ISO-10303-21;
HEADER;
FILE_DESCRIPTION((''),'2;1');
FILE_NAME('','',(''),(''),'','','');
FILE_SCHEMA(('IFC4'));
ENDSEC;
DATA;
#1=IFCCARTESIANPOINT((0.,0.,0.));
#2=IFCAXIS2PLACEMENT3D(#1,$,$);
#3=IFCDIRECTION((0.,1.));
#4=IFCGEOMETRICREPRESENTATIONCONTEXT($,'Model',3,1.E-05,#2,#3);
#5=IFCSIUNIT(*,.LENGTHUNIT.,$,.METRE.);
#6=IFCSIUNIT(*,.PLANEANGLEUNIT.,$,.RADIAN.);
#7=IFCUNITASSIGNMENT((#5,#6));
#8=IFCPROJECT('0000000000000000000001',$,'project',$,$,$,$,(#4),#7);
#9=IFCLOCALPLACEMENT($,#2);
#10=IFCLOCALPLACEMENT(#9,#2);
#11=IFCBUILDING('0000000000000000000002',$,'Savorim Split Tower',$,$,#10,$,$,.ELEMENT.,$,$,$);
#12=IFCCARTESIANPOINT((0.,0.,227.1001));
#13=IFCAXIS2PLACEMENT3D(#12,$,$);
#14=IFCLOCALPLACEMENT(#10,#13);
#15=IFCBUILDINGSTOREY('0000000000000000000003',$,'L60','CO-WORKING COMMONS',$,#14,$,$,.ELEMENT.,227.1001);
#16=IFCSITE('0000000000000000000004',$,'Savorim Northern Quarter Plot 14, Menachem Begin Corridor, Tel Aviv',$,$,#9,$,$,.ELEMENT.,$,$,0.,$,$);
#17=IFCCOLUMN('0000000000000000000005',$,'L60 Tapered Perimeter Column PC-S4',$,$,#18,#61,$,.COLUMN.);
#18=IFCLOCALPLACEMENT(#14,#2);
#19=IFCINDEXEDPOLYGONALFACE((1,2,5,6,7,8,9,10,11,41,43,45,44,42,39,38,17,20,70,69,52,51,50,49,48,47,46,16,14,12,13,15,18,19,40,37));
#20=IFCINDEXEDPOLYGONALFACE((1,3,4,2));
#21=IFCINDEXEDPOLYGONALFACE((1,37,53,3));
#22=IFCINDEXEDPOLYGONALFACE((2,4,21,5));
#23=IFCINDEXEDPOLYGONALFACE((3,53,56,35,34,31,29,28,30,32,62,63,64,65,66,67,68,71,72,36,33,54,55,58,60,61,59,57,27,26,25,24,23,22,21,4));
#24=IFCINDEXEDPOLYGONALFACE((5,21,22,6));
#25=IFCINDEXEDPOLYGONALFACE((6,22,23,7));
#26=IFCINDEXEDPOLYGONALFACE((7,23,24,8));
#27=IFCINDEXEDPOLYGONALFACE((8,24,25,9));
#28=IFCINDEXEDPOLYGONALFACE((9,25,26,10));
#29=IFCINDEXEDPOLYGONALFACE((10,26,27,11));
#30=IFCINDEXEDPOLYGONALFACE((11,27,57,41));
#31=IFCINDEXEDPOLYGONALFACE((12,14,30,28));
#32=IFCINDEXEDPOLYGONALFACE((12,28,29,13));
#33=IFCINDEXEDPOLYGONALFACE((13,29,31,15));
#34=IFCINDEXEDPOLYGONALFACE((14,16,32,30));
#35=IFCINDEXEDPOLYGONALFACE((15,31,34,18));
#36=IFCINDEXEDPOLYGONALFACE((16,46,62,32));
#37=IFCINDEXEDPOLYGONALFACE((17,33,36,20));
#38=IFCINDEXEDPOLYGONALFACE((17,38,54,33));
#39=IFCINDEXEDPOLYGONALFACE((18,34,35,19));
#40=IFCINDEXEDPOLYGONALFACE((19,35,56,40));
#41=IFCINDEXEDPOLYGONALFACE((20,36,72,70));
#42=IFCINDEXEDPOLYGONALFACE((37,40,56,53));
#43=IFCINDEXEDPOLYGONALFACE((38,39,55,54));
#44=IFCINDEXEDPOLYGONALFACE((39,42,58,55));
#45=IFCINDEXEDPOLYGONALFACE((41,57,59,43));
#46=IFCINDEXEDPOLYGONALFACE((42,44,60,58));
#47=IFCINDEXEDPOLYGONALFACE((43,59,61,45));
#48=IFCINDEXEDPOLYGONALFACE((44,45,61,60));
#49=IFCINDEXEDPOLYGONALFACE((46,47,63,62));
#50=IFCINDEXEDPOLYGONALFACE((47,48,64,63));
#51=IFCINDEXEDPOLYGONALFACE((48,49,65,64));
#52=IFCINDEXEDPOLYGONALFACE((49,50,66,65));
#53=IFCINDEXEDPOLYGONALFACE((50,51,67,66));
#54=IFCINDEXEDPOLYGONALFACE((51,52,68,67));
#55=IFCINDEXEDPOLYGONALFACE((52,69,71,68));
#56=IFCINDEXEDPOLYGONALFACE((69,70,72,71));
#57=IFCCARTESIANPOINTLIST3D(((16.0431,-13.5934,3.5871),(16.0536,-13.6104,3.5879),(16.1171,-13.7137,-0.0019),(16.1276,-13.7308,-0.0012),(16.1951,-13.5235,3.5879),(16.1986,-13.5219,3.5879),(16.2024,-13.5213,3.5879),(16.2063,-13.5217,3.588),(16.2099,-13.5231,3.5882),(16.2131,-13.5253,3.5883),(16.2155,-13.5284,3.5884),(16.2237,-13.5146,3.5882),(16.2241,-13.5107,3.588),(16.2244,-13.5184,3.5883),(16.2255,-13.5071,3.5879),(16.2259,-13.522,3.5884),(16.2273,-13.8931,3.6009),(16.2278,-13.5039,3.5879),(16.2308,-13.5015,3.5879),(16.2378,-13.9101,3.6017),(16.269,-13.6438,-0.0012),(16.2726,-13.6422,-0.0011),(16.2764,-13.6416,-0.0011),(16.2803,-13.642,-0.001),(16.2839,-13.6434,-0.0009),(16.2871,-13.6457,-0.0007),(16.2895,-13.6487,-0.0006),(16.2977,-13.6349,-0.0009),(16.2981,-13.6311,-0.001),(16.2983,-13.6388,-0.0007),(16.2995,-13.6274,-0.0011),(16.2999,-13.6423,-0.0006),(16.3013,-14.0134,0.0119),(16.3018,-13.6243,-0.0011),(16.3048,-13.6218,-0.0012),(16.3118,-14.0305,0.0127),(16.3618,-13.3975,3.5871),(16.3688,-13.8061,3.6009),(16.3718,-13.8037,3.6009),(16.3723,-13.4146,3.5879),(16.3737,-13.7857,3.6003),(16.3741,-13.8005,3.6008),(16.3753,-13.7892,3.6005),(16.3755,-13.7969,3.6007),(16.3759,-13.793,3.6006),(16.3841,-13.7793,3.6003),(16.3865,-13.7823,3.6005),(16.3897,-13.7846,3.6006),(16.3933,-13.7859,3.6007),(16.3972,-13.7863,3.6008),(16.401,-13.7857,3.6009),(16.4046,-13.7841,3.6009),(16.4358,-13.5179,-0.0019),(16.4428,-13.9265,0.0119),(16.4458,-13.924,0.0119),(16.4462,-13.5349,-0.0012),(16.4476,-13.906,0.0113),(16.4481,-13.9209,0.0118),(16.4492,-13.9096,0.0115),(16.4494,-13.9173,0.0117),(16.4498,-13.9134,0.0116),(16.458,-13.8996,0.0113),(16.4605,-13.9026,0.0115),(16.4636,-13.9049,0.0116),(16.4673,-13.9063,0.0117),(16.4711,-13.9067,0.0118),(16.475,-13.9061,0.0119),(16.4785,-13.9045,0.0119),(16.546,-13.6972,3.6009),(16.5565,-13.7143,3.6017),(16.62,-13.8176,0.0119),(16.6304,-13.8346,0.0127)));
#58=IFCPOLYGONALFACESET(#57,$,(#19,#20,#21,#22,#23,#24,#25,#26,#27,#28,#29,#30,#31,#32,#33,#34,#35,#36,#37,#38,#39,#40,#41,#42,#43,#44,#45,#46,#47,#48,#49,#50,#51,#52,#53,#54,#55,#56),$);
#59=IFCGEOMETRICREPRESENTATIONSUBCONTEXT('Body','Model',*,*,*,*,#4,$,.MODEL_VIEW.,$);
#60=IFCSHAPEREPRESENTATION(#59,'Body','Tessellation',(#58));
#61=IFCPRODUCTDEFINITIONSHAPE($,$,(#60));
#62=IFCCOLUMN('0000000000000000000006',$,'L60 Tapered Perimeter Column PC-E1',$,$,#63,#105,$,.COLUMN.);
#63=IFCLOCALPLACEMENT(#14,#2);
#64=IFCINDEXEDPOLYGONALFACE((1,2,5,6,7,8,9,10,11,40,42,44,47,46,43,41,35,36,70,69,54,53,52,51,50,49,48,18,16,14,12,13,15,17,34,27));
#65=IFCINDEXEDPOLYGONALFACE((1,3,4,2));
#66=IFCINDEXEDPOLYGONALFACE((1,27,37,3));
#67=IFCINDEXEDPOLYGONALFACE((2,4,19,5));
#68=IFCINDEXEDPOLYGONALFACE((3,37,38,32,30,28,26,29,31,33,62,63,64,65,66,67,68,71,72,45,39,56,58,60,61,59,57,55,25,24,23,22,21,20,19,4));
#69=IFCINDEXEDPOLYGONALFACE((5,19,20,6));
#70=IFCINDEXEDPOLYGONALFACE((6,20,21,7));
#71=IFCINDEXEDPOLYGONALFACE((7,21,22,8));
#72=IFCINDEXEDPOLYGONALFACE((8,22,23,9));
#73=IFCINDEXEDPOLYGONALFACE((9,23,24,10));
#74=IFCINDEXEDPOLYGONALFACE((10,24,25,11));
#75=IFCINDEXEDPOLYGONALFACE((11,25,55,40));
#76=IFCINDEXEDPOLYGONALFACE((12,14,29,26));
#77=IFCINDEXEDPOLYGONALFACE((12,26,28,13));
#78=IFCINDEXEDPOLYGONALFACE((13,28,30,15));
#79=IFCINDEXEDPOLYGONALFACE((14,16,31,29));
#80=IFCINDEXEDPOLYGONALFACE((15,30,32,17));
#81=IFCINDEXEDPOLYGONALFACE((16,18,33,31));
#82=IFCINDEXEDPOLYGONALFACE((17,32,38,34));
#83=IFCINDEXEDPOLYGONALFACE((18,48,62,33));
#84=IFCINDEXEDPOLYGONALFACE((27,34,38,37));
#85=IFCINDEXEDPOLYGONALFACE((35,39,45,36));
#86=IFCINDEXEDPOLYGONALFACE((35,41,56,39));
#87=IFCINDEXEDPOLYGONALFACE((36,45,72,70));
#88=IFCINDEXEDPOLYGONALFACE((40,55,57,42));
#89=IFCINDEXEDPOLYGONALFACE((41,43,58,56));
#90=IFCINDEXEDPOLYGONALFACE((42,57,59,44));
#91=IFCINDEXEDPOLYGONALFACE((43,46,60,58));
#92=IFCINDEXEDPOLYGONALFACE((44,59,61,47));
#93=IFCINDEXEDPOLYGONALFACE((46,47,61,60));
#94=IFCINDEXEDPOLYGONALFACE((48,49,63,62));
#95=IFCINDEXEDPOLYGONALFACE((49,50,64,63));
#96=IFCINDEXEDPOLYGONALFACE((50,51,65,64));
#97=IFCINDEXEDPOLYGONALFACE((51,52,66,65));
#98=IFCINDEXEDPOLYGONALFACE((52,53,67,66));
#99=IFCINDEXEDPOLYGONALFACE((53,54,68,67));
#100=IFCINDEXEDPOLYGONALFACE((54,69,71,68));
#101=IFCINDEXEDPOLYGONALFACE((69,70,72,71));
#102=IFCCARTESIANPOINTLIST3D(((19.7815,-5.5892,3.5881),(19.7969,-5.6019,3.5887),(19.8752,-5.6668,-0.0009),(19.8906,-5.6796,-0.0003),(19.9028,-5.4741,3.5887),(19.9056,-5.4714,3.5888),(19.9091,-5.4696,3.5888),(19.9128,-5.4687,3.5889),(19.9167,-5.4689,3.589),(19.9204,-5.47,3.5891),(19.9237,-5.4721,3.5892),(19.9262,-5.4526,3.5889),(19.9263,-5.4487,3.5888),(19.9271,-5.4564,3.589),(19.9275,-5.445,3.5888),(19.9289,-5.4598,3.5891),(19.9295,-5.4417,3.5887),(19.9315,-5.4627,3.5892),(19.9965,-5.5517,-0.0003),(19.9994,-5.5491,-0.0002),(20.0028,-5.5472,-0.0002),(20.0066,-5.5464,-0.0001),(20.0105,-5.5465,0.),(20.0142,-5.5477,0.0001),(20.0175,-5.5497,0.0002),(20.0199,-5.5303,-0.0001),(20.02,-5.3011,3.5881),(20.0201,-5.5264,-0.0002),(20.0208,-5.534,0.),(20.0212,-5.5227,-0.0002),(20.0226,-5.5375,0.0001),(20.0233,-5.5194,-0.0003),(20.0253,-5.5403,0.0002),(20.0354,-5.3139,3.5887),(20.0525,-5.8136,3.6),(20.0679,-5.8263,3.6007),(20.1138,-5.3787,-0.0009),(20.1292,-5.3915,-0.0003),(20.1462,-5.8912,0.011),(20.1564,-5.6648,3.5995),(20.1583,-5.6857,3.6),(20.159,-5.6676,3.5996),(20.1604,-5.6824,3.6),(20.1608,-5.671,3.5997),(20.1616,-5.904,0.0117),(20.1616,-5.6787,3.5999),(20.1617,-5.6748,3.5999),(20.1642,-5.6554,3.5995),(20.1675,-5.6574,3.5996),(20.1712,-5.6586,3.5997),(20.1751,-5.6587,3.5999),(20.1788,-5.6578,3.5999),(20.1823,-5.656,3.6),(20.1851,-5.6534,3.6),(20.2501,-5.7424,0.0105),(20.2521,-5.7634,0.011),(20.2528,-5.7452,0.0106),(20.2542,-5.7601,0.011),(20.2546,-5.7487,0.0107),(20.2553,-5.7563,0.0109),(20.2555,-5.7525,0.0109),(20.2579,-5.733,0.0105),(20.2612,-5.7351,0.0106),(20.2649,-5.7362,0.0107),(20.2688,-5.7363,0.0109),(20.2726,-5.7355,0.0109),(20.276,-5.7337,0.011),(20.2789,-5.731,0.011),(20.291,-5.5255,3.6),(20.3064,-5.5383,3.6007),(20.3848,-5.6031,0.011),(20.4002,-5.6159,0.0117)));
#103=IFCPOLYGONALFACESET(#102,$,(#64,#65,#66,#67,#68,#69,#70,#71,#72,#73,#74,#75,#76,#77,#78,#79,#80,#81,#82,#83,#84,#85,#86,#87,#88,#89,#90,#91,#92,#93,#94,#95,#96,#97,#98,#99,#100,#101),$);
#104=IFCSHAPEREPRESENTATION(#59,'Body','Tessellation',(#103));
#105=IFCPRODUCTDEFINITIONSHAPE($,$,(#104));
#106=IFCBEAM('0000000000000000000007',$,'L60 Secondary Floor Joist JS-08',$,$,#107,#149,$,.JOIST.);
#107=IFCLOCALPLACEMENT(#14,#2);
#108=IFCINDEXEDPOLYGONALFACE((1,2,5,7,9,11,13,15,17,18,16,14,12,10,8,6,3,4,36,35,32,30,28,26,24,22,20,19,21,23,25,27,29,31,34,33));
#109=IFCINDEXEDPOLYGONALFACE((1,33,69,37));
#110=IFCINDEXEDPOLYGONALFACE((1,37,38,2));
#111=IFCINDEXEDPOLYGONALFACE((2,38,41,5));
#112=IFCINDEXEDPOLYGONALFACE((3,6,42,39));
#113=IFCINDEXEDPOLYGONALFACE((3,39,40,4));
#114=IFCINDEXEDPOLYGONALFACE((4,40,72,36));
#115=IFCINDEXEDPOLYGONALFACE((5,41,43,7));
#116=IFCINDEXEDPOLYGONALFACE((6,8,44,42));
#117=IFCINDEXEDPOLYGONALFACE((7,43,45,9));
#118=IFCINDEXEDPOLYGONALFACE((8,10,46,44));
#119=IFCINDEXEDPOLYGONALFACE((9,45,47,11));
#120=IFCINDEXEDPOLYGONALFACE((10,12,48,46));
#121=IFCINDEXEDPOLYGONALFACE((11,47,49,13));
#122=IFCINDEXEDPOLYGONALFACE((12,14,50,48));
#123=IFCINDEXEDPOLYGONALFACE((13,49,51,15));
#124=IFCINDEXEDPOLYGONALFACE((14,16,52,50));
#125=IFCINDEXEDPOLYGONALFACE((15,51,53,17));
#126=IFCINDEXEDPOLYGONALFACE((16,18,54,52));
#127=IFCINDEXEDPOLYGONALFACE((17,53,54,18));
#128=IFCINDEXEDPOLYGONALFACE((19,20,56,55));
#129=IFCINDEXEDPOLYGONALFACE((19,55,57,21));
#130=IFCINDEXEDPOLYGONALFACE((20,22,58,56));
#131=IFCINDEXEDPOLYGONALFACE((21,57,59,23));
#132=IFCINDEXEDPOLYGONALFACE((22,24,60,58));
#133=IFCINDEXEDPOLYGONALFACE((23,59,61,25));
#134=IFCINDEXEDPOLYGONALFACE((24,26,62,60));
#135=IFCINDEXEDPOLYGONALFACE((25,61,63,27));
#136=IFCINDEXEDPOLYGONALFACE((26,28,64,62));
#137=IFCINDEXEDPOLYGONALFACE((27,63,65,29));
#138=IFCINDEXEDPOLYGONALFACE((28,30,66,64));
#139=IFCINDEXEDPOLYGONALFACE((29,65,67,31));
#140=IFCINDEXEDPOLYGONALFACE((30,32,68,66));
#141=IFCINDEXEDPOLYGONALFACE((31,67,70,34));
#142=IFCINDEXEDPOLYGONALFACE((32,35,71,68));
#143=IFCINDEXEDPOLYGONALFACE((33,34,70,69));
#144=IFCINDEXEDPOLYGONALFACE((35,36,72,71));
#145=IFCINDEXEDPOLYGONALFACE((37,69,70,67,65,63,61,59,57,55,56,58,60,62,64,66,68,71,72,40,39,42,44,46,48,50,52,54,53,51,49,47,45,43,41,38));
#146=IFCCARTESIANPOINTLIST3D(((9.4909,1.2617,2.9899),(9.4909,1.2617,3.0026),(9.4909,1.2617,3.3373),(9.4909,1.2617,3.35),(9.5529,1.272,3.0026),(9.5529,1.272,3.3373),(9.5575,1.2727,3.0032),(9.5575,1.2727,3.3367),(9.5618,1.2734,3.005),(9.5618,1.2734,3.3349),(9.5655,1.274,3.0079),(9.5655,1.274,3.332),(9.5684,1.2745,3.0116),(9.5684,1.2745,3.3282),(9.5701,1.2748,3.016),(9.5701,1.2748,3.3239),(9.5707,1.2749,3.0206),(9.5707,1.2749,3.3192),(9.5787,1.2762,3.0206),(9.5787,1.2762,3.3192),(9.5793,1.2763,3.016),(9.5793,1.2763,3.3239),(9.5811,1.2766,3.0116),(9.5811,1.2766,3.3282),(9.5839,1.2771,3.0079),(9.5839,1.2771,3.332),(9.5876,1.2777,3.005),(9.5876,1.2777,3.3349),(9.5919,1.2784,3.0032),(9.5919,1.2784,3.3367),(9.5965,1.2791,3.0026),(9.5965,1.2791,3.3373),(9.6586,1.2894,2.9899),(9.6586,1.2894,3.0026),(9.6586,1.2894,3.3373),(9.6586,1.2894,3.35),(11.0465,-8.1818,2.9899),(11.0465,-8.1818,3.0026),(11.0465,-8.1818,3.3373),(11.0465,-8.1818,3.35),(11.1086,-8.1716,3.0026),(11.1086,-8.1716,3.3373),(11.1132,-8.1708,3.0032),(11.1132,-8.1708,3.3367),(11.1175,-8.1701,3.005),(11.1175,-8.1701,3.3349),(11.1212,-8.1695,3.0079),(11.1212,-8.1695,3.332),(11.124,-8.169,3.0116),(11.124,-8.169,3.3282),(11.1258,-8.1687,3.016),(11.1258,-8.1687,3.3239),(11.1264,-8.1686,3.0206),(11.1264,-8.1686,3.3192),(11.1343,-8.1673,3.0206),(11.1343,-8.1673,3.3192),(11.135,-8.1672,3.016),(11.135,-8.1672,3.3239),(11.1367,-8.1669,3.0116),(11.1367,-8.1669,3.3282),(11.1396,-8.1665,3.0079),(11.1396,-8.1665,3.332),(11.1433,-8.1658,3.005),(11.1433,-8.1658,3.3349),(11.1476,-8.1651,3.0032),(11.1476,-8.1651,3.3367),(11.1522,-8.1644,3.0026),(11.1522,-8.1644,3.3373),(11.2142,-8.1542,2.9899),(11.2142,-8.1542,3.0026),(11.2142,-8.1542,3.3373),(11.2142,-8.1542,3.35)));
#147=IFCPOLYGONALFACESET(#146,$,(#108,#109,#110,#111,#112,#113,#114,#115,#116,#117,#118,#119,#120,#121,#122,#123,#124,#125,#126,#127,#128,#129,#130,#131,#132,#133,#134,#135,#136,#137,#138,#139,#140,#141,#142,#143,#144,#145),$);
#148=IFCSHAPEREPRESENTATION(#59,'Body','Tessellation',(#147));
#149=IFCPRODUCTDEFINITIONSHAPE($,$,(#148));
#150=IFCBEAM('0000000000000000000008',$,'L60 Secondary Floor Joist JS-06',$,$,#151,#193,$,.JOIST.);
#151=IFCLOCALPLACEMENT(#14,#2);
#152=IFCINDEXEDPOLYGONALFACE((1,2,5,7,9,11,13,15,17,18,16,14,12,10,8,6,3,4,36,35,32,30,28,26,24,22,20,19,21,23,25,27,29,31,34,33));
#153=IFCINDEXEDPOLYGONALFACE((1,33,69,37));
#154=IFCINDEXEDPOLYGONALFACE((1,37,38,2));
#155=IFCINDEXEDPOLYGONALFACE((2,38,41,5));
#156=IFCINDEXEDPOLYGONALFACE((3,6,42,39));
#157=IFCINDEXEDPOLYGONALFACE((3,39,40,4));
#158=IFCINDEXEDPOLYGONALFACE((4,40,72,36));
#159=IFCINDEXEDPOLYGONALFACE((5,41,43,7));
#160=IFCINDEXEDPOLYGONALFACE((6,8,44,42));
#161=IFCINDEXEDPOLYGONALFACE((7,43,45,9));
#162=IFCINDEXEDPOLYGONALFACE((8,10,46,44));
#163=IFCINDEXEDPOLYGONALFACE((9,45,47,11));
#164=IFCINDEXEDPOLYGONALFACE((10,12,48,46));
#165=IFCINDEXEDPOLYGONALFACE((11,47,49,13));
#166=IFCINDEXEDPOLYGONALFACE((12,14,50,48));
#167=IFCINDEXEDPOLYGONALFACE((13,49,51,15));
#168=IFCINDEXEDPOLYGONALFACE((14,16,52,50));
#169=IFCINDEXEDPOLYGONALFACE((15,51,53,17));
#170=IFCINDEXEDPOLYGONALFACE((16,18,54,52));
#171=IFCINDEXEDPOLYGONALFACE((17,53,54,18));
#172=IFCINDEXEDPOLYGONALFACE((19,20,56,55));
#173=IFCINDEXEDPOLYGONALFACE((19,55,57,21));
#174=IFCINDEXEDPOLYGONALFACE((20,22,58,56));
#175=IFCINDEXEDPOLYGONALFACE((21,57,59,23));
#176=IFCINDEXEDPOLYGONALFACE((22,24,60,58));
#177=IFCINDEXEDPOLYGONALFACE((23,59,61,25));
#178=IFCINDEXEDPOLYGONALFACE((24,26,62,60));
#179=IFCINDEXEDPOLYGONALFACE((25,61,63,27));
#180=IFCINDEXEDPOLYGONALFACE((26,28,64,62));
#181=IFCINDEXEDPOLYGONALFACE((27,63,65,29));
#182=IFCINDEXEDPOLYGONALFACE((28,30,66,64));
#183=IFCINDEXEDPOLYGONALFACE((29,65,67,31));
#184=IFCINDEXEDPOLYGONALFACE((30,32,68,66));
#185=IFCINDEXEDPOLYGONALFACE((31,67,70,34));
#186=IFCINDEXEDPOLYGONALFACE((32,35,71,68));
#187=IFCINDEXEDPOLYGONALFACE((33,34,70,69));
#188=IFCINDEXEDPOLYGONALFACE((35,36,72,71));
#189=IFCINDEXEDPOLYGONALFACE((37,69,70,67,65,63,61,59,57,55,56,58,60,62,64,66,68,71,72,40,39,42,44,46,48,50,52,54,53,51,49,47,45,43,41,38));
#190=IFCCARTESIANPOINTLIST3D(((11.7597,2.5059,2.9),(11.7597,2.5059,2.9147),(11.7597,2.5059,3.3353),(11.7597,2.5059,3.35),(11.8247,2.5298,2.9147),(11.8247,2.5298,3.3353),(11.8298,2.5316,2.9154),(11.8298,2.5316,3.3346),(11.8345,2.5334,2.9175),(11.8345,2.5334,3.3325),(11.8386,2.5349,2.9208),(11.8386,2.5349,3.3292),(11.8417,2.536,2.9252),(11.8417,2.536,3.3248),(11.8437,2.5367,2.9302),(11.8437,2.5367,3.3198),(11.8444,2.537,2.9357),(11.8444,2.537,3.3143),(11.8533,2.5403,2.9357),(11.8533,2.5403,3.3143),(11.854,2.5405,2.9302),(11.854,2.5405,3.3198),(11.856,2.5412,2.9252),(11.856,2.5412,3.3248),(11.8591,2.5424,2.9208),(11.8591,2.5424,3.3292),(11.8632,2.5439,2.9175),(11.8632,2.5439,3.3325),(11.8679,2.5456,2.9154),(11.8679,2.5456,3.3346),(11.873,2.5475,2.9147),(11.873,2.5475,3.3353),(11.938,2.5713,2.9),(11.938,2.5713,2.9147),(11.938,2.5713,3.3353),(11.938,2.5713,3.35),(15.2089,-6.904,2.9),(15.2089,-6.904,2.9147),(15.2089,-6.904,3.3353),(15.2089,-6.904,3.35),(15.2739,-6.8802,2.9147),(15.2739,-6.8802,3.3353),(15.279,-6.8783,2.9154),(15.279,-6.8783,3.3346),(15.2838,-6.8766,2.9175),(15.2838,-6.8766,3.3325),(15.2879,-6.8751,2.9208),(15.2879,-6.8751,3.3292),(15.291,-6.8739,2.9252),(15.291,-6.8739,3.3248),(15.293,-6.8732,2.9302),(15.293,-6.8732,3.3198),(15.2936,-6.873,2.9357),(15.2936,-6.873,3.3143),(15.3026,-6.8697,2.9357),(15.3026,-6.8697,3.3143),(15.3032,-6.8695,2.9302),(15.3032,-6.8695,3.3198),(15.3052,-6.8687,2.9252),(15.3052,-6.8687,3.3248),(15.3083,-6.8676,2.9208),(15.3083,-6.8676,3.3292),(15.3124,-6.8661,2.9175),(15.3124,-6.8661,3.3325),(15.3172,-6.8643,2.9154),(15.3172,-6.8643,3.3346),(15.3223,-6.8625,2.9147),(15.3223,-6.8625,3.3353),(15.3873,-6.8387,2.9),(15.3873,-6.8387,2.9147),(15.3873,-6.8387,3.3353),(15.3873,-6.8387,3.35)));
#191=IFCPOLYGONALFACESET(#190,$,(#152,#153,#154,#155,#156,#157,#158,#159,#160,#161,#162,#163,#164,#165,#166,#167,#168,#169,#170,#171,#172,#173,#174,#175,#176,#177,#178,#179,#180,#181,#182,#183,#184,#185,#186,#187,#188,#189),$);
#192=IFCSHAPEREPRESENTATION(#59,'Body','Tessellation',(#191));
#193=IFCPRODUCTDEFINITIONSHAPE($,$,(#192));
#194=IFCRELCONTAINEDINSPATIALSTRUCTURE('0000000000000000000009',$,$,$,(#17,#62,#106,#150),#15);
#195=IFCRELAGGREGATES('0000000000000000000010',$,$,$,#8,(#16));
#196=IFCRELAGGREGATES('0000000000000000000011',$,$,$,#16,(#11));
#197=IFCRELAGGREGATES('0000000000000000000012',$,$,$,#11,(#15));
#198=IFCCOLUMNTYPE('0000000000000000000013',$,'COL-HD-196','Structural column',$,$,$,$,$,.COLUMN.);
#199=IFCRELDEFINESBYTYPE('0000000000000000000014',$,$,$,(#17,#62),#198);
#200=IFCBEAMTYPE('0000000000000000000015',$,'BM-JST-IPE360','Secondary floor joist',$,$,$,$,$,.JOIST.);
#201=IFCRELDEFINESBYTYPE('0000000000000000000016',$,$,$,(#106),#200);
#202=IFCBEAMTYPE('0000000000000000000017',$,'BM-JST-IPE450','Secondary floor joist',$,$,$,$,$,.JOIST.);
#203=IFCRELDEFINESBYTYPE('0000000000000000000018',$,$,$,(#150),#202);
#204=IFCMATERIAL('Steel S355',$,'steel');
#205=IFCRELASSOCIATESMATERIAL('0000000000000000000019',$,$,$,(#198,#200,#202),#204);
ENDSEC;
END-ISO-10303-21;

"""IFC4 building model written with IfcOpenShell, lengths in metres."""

from ifc_helpers import new_model, si_unit, direction, frame, origin, origin_2d, place, context, subcontext, project, spatial, i_section, extrude, material, material_profile, profile_set, type_object, element, save


model = new_model("IFC4")

# Units and contexts
model_context = context("Model", 3, precision=1e-05, world=origin(), true_north=direction((0.0, 1.0)))
body_context = subcontext(model_context, "Body", "Model", "MODEL_VIEW")
ifc_project = project(units=[si_unit("LENGTHUNIT", "METRE"), si_unit("PLANEANGLEUNIT", "RADIAN")], contexts=[model_context])

# Site, building, storey
site_placement = place(None, origin())
site = spatial("IfcSite", under=ifc_project, at=site_placement, Name="Savorim Northern Quarter Plot 14, Menachem Begin Corridor, Tel Aviv", CompositionType="ELEMENT", RefElevation=0.0)
building_placement = place(site_placement, origin())
building = spatial("IfcBuilding", under=site, at=building_placement, Name="Savorim Split Tower", CompositionType="ELEMENT")
storey_placement = place(building_placement, frame((0.0, 0.0, 227.1001)))
storey = spatial("IfcBuildingStorey", under=building, at=storey_placement, Name="L60", Description="CO-WORKING COMMONS", CompositionType="ELEMENT", Elevation=227.1001)

# Columns
ifc_material_1 = material(Name="Steel S355", Category="steel")
ifc_material_profile_1 = material_profile(ifc_material_1, i_section(OverallWidth=0.374, OverallDepth=0.3721, WebThickness=0.0122, FlangeThickness=0.02, FilletRadius=0.0149, at=origin_2d()), Name="HD 360x196")
ifc_profile_set_1 = profile_set([ifc_material_profile_1], Name="Steel S355")
column_type = type_object("IfcColumnType", Name="COL-HD-196", Description="Structural column", PredefinedType="COLUMN", material=ifc_profile_set_1)
column_1_placement = place(storey_placement, frame((16.3738, -13.7742, 0.0054), z_axis=(-0.020595, 0.033509, 0.999226), x_axis=(-0.851955, -0.523615, 0.0)))
element("IfcColumn", 1, at=column_1_placement, inside=storey, type_object=column_type, Name="L60 Tapered Perimeter Column PC-S4", PredefinedType="COLUMN", context=body_context, shape_type="SweptSolid", body=[
    extrude(i_section(OverallWidth=0.374, OverallDepth=0.3721, WebThickness=0.0122, FlangeThickness=0.02, FilletRadius=0.0149, at=origin_2d()), origin(), (0.0, 0.0, 1.0), 3.5918),
])
column_2_placement = place(storey_placement, frame((20.1377, -5.6414, 0.0054), z_axis=(-0.026106, 0.021619, 0.999425), x_axis=(-0.637814, -0.77019, 0.0)))
element("IfcColumn", 2, at=column_2_placement, inside=storey, type_object=column_type, Name="L60 Tapered Perimeter Column PC-E1", PredefinedType="COLUMN", context=body_context, shape_type="SweptSolid", body=[
    extrude(i_section(OverallWidth=0.374, OverallDepth=0.3721, WebThickness=0.0122, FlangeThickness=0.02, FilletRadius=0.0149, at=origin_2d()), origin(), (0.0, 0.0, 1.0), 3.5911),
])

# Beams
ifc_material_profile_2 = material_profile(ifc_material_1, i_section(OverallWidth=0.1699, OverallDepth=0.3601, WebThickness=0.0081, FlangeThickness=0.0127, FilletRadius=0.0181, at=origin_2d()), Name="IPE 360")
ifc_profile_set_2 = profile_set([ifc_material_profile_2], Name="Steel S355")
beam_type_1 = type_object("IfcBeamType", Name="BM-JST-IPE360", Description="Secondary floor joist", PredefinedType="JOIST", material=ifc_profile_set_2)
beam_1_placement = place(storey_placement, frame((11.1304, -8.168, 3.1699), z_axis=(-0.162541, 0.986702, 0.0), x_axis=(-0.986702, -0.162541, 0.0)))
element("IfcBeam", 3, at=beam_1_placement, inside=storey, type_object=beam_type_1, Name="L60 Secondary Floor Joist JS-08", PredefinedType="JOIST", context=body_context, shape_type="SweptSolid", body=[
    extrude(i_section(OverallWidth=0.1699, OverallDepth=0.3601, WebThickness=0.0081, FlangeThickness=0.0127, FilletRadius=0.0181, at=origin_2d()), origin(), (0.0, 0.0, 1.0), 9.5708),
])
ifc_material_profile_3 = material_profile(ifc_material_1, i_section(OverallWidth=0.1899, OverallDepth=0.45, WebThickness=0.0095, FlangeThickness=0.0146, FilletRadius=0.021, at=origin_2d()), Name="IPE 450")
ifc_profile_set_3 = profile_set([ifc_material_profile_3], Name="Steel S355")
beam_type_2 = type_object("IfcBeamType", Name="BM-JST-IPE450", Description="Secondary floor joist", PredefinedType="JOIST", material=ifc_profile_set_3)
beam_2_placement = place(storey_placement, frame((15.2981, -6.8713, 3.125), z_axis=(-0.344159, 0.938911, 0.0), x_axis=(-0.938911, -0.344159, 0.0)))
element("IfcBeam", 4, at=beam_2_placement, inside=storey, type_object=beam_type_2, Name="L60 Secondary Floor Joist JS-06", PredefinedType="JOIST", context=body_context, shape_type="SweptSolid", body=[
    extrude(i_section(OverallWidth=0.1899, OverallDepth=0.45, WebThickness=0.0095, FlangeThickness=0.0146, FilletRadius=0.021, at=origin_2d()), origin(), (0.0, 0.0, 1.0), 10.0222),
])

save(model, "model.ifc")
